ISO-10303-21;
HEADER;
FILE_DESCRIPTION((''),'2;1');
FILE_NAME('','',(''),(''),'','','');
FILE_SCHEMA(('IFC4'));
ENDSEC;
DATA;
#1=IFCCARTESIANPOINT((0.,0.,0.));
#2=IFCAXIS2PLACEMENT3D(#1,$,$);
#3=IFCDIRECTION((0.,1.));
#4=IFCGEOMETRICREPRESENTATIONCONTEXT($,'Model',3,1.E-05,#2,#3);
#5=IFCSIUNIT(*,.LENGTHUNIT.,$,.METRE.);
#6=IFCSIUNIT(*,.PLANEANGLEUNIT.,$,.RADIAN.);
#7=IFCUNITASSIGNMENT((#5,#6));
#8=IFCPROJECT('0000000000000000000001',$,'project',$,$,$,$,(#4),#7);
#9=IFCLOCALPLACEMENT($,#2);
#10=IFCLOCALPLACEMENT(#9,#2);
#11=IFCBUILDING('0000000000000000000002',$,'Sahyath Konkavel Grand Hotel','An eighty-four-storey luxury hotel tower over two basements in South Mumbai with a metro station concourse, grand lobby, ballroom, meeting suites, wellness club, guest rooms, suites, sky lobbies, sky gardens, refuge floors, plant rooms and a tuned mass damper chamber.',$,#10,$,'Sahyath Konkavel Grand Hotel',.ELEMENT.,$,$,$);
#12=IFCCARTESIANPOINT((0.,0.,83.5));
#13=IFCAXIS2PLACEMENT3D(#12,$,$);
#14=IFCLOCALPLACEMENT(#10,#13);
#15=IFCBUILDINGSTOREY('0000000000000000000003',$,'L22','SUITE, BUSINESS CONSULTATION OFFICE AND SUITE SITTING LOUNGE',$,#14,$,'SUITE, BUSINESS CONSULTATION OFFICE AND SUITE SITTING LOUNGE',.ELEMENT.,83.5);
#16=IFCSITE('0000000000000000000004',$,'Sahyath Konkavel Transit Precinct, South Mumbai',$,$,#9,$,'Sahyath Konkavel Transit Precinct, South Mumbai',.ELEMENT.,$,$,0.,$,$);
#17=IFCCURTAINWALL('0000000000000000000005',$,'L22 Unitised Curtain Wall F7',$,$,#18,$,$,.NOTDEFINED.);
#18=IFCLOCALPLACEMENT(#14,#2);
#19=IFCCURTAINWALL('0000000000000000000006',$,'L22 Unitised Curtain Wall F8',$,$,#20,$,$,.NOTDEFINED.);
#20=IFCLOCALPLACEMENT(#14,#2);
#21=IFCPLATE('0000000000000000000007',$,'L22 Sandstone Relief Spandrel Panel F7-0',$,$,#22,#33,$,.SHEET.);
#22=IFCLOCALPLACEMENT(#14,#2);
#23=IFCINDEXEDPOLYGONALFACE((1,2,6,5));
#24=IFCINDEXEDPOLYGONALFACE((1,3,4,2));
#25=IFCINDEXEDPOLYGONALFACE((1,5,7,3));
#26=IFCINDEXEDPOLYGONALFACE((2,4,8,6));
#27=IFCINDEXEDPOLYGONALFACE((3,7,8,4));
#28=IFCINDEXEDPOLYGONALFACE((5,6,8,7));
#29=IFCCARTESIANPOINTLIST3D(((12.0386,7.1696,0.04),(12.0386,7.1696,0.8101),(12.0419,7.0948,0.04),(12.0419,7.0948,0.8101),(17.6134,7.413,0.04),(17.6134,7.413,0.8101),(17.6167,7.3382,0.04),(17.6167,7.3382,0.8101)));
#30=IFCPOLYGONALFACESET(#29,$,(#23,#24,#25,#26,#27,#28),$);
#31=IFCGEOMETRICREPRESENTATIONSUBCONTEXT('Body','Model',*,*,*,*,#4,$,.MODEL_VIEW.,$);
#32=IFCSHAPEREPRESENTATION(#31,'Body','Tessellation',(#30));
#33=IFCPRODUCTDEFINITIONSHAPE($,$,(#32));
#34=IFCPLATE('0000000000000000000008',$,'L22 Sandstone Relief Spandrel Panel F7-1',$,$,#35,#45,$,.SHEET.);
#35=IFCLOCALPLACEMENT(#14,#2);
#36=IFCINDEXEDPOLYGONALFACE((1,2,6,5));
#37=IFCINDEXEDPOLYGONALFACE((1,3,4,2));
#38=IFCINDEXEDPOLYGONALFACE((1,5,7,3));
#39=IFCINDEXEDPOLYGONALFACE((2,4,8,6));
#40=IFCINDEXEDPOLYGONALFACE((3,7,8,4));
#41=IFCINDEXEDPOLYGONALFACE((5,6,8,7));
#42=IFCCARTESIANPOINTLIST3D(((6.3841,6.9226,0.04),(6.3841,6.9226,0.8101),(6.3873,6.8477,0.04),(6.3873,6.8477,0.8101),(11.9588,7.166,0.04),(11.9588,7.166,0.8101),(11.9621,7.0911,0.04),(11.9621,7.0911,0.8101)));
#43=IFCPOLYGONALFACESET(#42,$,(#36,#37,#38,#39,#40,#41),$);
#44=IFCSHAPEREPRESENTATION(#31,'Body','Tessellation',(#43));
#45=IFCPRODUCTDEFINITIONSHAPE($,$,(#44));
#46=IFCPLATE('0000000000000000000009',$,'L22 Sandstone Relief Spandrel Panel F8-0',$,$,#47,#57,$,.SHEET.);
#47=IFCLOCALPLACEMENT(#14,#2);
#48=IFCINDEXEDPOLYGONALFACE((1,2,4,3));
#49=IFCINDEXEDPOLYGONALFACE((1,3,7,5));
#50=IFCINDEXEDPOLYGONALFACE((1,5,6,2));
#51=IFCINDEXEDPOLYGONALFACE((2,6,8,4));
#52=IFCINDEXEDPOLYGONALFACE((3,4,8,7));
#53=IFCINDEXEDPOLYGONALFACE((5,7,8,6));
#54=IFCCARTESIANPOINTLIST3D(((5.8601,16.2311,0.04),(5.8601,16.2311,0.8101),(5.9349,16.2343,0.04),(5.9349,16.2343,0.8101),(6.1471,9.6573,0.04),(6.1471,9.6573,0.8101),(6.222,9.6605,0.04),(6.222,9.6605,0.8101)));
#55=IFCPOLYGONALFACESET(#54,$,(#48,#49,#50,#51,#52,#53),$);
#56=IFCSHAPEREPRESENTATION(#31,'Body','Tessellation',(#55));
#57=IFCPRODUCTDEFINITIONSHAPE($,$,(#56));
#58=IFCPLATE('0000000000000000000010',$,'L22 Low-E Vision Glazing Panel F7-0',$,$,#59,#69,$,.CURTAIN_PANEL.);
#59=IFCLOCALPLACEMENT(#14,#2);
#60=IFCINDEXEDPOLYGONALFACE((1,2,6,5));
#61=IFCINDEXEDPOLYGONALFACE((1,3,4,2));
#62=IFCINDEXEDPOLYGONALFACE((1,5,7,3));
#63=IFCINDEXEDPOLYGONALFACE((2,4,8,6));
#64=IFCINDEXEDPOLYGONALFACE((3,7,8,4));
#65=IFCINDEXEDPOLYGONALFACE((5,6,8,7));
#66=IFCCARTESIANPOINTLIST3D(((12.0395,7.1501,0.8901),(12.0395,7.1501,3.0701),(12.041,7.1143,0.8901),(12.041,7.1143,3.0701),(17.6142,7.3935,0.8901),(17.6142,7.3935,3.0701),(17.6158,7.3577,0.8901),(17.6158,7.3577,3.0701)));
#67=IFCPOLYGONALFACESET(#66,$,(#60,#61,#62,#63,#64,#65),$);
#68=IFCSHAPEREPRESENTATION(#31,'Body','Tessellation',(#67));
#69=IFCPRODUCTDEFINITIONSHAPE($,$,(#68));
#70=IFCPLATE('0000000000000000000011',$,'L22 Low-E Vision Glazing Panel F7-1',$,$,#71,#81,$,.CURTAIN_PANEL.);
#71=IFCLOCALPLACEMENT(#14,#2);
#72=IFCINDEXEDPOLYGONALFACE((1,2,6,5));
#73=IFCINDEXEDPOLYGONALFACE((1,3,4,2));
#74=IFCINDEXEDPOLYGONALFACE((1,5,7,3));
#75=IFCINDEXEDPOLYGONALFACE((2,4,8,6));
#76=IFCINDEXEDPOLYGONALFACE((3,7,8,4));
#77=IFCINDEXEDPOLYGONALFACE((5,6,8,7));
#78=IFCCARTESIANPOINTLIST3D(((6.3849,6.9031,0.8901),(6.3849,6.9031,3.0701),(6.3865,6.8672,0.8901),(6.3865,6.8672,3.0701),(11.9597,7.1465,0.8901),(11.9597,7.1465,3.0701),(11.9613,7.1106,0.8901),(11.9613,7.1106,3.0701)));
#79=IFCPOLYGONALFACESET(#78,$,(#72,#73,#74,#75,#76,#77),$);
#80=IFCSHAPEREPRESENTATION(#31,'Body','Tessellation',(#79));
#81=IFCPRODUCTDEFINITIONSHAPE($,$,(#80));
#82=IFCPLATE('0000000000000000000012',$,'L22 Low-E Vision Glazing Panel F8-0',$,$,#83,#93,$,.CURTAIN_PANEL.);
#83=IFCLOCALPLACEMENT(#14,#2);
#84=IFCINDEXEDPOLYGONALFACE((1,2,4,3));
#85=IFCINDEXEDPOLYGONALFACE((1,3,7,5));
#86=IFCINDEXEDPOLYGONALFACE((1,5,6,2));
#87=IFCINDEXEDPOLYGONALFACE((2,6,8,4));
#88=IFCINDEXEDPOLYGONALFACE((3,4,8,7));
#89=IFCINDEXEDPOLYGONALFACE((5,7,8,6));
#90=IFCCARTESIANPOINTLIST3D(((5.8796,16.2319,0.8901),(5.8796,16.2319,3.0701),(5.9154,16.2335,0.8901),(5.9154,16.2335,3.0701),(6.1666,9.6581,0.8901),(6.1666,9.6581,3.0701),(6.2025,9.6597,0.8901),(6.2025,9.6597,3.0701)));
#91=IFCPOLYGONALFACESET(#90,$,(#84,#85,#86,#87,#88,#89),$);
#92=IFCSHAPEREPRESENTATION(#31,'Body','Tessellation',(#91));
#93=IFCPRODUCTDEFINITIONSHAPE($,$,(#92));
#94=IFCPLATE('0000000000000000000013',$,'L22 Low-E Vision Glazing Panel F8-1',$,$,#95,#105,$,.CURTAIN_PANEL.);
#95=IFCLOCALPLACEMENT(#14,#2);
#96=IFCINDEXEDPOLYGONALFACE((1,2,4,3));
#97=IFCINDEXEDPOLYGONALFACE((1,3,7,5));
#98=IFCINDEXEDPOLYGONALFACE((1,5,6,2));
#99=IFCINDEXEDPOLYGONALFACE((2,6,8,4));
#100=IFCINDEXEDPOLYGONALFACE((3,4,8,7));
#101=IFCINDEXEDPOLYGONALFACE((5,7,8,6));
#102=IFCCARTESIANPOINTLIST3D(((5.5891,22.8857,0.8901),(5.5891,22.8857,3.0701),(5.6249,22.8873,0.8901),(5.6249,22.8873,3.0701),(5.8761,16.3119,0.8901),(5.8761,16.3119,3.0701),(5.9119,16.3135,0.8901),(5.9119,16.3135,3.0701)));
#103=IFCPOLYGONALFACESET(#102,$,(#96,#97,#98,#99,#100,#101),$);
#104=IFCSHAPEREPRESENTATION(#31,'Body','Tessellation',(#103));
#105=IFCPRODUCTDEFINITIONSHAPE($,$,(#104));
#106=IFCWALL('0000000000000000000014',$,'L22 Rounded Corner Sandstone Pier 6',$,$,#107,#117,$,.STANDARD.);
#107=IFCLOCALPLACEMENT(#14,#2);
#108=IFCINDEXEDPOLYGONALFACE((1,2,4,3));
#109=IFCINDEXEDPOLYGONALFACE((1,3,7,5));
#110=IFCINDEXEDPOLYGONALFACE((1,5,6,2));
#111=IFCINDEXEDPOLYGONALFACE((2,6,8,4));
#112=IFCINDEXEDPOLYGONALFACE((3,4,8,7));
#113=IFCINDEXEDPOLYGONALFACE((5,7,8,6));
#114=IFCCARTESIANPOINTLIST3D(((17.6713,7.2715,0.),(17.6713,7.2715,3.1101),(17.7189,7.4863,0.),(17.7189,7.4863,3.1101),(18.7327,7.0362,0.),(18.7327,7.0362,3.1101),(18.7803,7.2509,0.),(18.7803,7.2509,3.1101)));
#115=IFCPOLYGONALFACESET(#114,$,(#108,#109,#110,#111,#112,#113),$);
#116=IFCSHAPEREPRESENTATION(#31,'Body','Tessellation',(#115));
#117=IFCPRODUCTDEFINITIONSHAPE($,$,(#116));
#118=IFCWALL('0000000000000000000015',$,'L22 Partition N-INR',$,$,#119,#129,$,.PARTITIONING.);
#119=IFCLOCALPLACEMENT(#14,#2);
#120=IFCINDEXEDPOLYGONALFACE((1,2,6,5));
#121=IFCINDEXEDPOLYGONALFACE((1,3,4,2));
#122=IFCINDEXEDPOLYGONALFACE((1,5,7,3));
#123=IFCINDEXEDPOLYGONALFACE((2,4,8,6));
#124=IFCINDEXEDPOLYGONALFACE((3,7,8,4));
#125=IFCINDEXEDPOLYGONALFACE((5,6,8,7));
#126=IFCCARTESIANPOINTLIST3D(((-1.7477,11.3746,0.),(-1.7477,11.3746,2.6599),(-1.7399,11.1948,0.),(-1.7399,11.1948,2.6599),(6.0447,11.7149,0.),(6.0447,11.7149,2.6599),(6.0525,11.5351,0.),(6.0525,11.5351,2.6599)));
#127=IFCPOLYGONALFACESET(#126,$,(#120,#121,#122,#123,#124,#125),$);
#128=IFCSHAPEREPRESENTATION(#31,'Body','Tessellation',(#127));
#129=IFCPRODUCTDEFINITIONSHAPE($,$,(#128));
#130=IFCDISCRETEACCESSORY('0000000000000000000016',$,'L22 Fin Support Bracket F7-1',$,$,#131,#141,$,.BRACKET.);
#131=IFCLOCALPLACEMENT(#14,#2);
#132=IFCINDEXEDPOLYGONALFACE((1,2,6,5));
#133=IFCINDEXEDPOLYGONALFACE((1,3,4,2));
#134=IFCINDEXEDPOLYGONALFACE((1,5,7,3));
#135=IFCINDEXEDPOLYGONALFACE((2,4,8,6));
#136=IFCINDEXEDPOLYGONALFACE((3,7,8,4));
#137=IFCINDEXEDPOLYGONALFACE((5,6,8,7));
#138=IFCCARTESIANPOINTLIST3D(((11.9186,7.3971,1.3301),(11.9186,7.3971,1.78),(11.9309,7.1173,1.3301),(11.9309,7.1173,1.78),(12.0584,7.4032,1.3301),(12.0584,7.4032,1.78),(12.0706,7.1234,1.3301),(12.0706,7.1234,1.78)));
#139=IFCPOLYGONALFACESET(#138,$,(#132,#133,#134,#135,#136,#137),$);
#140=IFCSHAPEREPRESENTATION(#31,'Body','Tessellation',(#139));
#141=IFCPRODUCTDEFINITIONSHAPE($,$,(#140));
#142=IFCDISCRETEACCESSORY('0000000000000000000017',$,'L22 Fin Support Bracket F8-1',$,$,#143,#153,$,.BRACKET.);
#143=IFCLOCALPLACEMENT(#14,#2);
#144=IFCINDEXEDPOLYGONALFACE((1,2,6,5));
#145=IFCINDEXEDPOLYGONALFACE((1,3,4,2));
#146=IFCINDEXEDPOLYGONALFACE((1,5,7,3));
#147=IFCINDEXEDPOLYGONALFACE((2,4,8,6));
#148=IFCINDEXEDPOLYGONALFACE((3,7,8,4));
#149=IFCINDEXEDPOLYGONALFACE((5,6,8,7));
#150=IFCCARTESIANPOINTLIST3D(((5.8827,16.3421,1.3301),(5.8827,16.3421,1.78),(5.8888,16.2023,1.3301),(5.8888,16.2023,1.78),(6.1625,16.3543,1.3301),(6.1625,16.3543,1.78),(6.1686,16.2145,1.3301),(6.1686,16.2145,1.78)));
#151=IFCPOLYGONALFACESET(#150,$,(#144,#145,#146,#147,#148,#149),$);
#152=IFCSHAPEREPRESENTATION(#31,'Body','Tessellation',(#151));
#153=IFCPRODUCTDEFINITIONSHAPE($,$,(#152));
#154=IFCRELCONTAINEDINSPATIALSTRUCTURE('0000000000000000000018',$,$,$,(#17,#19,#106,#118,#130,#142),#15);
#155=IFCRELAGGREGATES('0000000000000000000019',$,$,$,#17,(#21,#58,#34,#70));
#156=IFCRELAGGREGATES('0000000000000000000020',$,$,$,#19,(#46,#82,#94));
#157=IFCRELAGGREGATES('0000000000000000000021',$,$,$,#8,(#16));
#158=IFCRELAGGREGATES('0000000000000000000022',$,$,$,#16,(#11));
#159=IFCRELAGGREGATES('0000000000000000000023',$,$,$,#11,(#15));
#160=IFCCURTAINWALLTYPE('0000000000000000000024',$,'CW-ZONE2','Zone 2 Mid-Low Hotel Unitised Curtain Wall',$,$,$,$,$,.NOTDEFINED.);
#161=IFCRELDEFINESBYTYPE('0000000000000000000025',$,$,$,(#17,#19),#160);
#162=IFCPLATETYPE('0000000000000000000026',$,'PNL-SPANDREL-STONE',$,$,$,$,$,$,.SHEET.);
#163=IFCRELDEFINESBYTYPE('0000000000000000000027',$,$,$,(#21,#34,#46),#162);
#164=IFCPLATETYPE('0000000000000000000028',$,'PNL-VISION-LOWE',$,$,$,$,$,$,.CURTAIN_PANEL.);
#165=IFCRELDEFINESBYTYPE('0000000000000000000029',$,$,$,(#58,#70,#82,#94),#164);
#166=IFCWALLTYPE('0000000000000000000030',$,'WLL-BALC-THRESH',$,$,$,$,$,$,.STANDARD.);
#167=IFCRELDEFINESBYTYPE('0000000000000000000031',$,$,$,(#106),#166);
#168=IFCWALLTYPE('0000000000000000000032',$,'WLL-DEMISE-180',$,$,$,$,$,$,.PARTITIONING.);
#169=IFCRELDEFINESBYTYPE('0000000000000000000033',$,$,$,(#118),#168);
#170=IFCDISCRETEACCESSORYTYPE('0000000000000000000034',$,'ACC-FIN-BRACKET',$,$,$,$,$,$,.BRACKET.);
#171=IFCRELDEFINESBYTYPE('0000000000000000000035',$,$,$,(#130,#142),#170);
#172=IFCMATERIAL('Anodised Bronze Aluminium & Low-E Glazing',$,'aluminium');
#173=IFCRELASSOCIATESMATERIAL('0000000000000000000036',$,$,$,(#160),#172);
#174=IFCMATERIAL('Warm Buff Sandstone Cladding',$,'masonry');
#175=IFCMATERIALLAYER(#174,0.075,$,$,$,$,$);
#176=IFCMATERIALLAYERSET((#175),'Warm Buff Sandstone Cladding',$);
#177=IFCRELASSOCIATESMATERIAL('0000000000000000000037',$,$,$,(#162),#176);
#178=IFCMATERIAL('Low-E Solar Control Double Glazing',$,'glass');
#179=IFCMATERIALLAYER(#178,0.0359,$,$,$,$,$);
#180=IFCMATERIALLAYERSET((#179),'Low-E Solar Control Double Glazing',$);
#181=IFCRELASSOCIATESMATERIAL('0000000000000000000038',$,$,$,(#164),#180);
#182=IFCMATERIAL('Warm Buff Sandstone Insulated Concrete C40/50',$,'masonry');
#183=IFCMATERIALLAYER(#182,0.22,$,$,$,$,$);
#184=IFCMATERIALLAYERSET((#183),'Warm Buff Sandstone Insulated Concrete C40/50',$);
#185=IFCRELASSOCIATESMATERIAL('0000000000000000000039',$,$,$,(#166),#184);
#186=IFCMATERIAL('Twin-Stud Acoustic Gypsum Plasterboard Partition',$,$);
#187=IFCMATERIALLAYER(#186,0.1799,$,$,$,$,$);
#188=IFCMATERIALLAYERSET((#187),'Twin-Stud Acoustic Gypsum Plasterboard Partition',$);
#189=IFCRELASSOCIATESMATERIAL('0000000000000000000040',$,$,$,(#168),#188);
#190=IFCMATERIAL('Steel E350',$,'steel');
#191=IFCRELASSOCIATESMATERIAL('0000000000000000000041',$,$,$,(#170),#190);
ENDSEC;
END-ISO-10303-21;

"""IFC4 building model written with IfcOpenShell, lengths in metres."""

from ifc_helpers import new_model, si_unit, direction, frame, frame_2d, origin, origin_2d, place, context, subcontext, project, spatial, rectangle, extrude, source, transform, mapped, material, layer, layer_set, type_object, element, aggregate, save


model = new_model("IFC4")

# Units and contexts
model_context = context("Model", 3, precision=1e-05, world=origin(), true_north=direction((0.0, 1.0)))
body_context = subcontext(model_context, "Body", "Model", "MODEL_VIEW")
ifc_project = project(units=[si_unit("LENGTHUNIT", "METRE"), si_unit("PLANEANGLEUNIT", "RADIAN")], contexts=[model_context])

# Site, building, storey
site_placement = place(None, origin())
site = spatial("IfcSite", under=ifc_project, at=site_placement, Name="Sahyath Konkavel Transit Precinct, South Mumbai", LongName="Sahyath Konkavel Transit Precinct, South Mumbai", CompositionType="ELEMENT", RefElevation=0.0)
building_placement = place(site_placement, origin())
building = spatial("IfcBuilding", under=site, at=building_placement, Name="Sahyath Konkavel Grand Hotel", Description="An eighty-four-storey luxury hotel tower over two basements in South Mumbai with a metro station concourse, grand lobby, ballroom, meeting suites, wellness club, guest rooms, suites, sky lobbies, sky gardens, refuge floors, plant rooms and a tuned mass damper chamber.", LongName="Sahyath Konkavel Grand Hotel", CompositionType="ELEMENT")
storey_placement = place(building_placement, frame((0.0, 0.0, 83.5)))
storey = spatial("IfcBuildingStorey", under=building, at=storey_placement, Name="L22", Description="SUITE, BUSINESS CONSULTATION OFFICE AND SUITE SITTING LOUNGE", LongName="SUITE, BUSINESS CONSULTATION OFFICE AND SUITE SITTING LOUNGE", CompositionType="ELEMENT", Elevation=83.5)

# Curtain walls
ifc_material_1 = material(Name="Anodised Bronze Aluminium & Low-E Glazing", Category="aluminium")
curtain_wall_type = type_object("IfcCurtainWallType", Name="CW-ZONE2", Description="Zone 2 Mid-Low Hotel Unitised Curtain Wall", PredefinedType="NOTDEFINED", material=ifc_material_1)
curtain_wall_1_placement = place(storey_placement, origin())
curtain_wall_1 = element("IfcCurtainWall", 1, at=curtain_wall_1_placement, inside=storey, type_object=curtain_wall_type, Name="L22 Unitised Curtain Wall F7", PredefinedType="NOTDEFINED")
curtain_wall_2_placement = place(storey_placement, origin())
curtain_wall_2 = element("IfcCurtainWall", 2, at=curtain_wall_2_placement, inside=storey, type_object=curtain_wall_type, Name="L22 Unitised Curtain Wall F8", PredefinedType="NOTDEFINED")

# Plates
ifc_material_2 = material(Name="Warm Buff Sandstone Cladding", Category="masonry")
ifc_layer_1 = layer(ifc_material_2, 0.075)
ifc_layer_set_1 = layer_set([ifc_layer_1], Name="Warm Buff Sandstone Cladding")
plate_type_1 = type_object("IfcPlateType", Name="PNL-SPANDREL-STONE", PredefinedType="SHEET", material=ifc_layer_set_1)
shared_shape_1 = source(origin(), body_context, "Body", "SweptSolid", [
    extrude(rectangle(XDim=5.5801, YDim=0.075, at=origin_2d()), origin(), (0.0, 0.0, 1.0), 0.77),
])
plate_1_placement = place(storey_placement, frame((14.8276, 7.2539, 0.04), z_axis=(0.0, 0.0, 1.0), x_axis=(-0.999048, -0.043619, 0.0)))
plate_1 = element("IfcPlate", 3, at=plate_1_placement, type_object=plate_type_1, Name="L22 Sandstone Relief Spandrel Panel F7-0", PredefinedType="SHEET", context=body_context, shape_type="MappedRepresentation", body=[
    mapped(shared_shape_1, transform((0.0, 0.0, 0.0), scale=1.0)),
])
plate_2_placement = place(storey_placement, frame((9.1731, 7.0068, 0.04), z_axis=(0.0, 0.0, 1.0), x_axis=(-0.999048, -0.043619, 0.0)))
plate_2 = element("IfcPlate", 4, at=plate_2_placement, type_object=plate_type_1, Name="L22 Sandstone Relief Spandrel Panel F7-1", PredefinedType="SHEET", context=body_context, shape_type="MappedRepresentation", body=[
    mapped(shared_shape_1, transform((0.0, 0.0, 0.0), scale=1.0)),
])
shared_shape_2 = source(origin(), body_context, "Body", "SweptSolid", [
    extrude(rectangle(XDim=6.5801, YDim=0.075, at=origin_2d()), origin(), (0.0, 0.0, 1.0), 0.77),
])
plate_3_placement = place(storey_placement, frame((6.041, 12.9458, 0.04), z_axis=(0.0, 0.0, 1.0), x_axis=(-0.043619, 0.999048, 0.0)))
plate_3 = element("IfcPlate", 5, at=plate_3_placement, type_object=plate_type_1, Name="L22 Sandstone Relief Spandrel Panel F8-0", PredefinedType="SHEET", context=body_context, shape_type="MappedRepresentation", body=[
    mapped(shared_shape_2, transform((0.0, 0.0, 0.0), scale=1.0)),
])
ifc_material_3 = material(Name="Low-E Solar Control Double Glazing", Category="glass")
ifc_layer_2 = layer(ifc_material_3, 0.0359)
ifc_layer_set_2 = layer_set([ifc_layer_2], Name="Low-E Solar Control Double Glazing")
plate_type_2 = type_object("IfcPlateType", Name="PNL-VISION-LOWE", PredefinedType="CURTAIN_PANEL", material=ifc_layer_set_2)
shared_shape_3 = source(origin(), body_context, "Body", "SweptSolid", [
    extrude(rectangle(XDim=5.5801, YDim=0.0359, at=origin_2d()), origin(), (0.0, 0.0, 1.0), 2.1799),
])
plate_4_placement = place(storey_placement, frame((14.8276, 7.2539, 0.8901), z_axis=(0.0, 0.0, 1.0), x_axis=(-0.999048, -0.043619, 0.0)))
plate_4 = element("IfcPlate", 6, at=plate_4_placement, type_object=plate_type_2, Name="L22 Low-E Vision Glazing Panel F7-0", PredefinedType="CURTAIN_PANEL", context=body_context, shape_type="MappedRepresentation", body=[
    mapped(shared_shape_3, transform((0.0, 0.0, 0.0), scale=1.0)),
])
plate_5_placement = place(storey_placement, frame((9.1731, 7.0068, 0.8901), z_axis=(0.0, 0.0, 1.0), x_axis=(-0.999048, -0.043619, 0.0)))
plate_5 = element("IfcPlate", 7, at=plate_5_placement, type_object=plate_type_2, Name="L22 Low-E Vision Glazing Panel F7-1", PredefinedType="CURTAIN_PANEL", context=body_context, shape_type="MappedRepresentation", body=[
    mapped(shared_shape_3, transform((0.0, 0.0, 0.0), scale=1.0)),
])
aggregate(curtain_wall_1, [plate_1, plate_4, plate_2, plate_5])
shared_shape_4 = source(origin(), body_context, "Body", "SweptSolid", [
    extrude(rectangle(XDim=6.5801, YDim=0.0359, at=origin_2d()), origin(), (0.0, 0.0, 1.0), 2.1799),
])
plate_6_placement = place(storey_placement, frame((6.041, 12.9458, 0.8901), z_axis=(0.0, 0.0, 1.0), x_axis=(-0.043619, 0.999048, 0.0)))
plate_6 = element("IfcPlate", 8, at=plate_6_placement, type_object=plate_type_2, Name="L22 Low-E Vision Glazing Panel F8-0", PredefinedType="CURTAIN_PANEL", context=body_context, shape_type="MappedRepresentation", body=[
    mapped(shared_shape_4, transform((0.0, 0.0, 0.0), scale=1.0)),
])
plate_7_placement = place(storey_placement, frame((5.7505, 19.5996, 0.8901), z_axis=(0.0, 0.0, 1.0), x_axis=(-0.043619, 0.999048, 0.0)))
plate_7 = element("IfcPlate", 9, at=plate_7_placement, type_object=plate_type_2, Name="L22 Low-E Vision Glazing Panel F8-1", PredefinedType="CURTAIN_PANEL", context=body_context, shape_type="MappedRepresentation", body=[
    mapped(shared_shape_4, transform((0.0, 0.0, 0.0), scale=1.0)),
])
aggregate(curtain_wall_2, [plate_3, plate_6, plate_7])

# Walls
ifc_material_4 = material(Name="Warm Buff Sandstone Insulated Concrete C40/50", Category="masonry")
ifc_layer_3 = layer(ifc_material_4, 0.22)
ifc_layer_set_3 = layer_set([ifc_layer_3], Name="Warm Buff Sandstone Insulated Concrete C40/50")
wall_type_1 = type_object("IfcWallType", Name="WLL-BALC-THRESH", PredefinedType="STANDARD", material=ifc_layer_set_3)
wall_1_placement = place(storey_placement, frame((18.7563, 7.1436, 0.0), z_axis=(0.0, 0.0, 1.0), x_axis=(-0.976282, 0.216502, 0.0)))
element("IfcWall", 10, at=wall_1_placement, inside=storey, type_object=wall_type_1, Name="L22 Rounded Corner Sandstone Pier 6", PredefinedType="STANDARD", context=body_context, shape_type="SweptSolid", body=[
    extrude(rectangle(XDim=1.0872, YDim=0.22, at=frame_2d((0.5435, 0.0))), origin(), (0.0, 0.0, 1.0), 3.1101),
])
ifc_material_5 = material(Name="Twin-Stud Acoustic Gypsum Plasterboard Partition")
ifc_layer_4 = layer(ifc_material_5, 0.1799)
ifc_layer_set_4 = layer_set([ifc_layer_4], Name="Twin-Stud Acoustic Gypsum Plasterboard Partition")
wall_type_2 = type_object("IfcWallType", Name="WLL-DEMISE-180", PredefinedType="PARTITIONING", material=ifc_layer_set_4)
wall_2_placement = place(storey_placement, frame((6.0486, 11.625, 0.0), z_axis=(0.0, 0.0, 1.0), x_axis=(-0.999048, -0.043633, 0.0)))
element("IfcWall", 11, at=wall_2_placement, inside=storey, type_object=wall_type_2, Name="L22 Partition N-INR", PredefinedType="PARTITIONING", context=body_context, shape_type="SweptSolid", body=[
    extrude(rectangle(XDim=7.7998, YDim=0.1799, at=frame_2d((3.8999, 0.0))), origin(), (0.0, 0.0, 1.0), 2.6599),
])

# Discrete accessories
ifc_material_6 = material(Name="Steel E350", Category="steel")
discrete_accessory_type = type_object("IfcDiscreteAccessoryType", Name="ACC-FIN-BRACKET", PredefinedType="BRACKET", material=ifc_material_6)
shared_shape_5 = source(origin(), body_context, "Body", "SweptSolid", [
    extrude(rectangle(XDim=0.28, YDim=0.1399, at=origin_2d()), origin(), (0.0, 0.0, 1.0), 0.45),
])
for number, where, z_axis, x_axis, name in (
    (12, (11.9946, 7.2603, 1.3301), (0.0, 0.0, 1.0), (-0.043619, 0.999048, 0.0), "L22 Fin Support Bracket F7-1"),
    (13, (6.0256, 16.2783, 1.3301), (0.0, 0.0, 1.0), (0.999048, 0.043619, 0.0), "L22 Fin Support Bracket F8-1"),
):
    element("IfcDiscreteAccessory", number, at=place(storey_placement, frame(where, z_axis=z_axis, x_axis=x_axis)), inside=storey, type_object=discrete_accessory_type, Name=name, PredefinedType="BRACKET", context=body_context, shape_type="MappedRepresentation", body=[
        mapped(shared_shape_5, transform((0.0, 0.0, 0.0), scale=1.0)),
    ])

save(model, "model.ifc")
